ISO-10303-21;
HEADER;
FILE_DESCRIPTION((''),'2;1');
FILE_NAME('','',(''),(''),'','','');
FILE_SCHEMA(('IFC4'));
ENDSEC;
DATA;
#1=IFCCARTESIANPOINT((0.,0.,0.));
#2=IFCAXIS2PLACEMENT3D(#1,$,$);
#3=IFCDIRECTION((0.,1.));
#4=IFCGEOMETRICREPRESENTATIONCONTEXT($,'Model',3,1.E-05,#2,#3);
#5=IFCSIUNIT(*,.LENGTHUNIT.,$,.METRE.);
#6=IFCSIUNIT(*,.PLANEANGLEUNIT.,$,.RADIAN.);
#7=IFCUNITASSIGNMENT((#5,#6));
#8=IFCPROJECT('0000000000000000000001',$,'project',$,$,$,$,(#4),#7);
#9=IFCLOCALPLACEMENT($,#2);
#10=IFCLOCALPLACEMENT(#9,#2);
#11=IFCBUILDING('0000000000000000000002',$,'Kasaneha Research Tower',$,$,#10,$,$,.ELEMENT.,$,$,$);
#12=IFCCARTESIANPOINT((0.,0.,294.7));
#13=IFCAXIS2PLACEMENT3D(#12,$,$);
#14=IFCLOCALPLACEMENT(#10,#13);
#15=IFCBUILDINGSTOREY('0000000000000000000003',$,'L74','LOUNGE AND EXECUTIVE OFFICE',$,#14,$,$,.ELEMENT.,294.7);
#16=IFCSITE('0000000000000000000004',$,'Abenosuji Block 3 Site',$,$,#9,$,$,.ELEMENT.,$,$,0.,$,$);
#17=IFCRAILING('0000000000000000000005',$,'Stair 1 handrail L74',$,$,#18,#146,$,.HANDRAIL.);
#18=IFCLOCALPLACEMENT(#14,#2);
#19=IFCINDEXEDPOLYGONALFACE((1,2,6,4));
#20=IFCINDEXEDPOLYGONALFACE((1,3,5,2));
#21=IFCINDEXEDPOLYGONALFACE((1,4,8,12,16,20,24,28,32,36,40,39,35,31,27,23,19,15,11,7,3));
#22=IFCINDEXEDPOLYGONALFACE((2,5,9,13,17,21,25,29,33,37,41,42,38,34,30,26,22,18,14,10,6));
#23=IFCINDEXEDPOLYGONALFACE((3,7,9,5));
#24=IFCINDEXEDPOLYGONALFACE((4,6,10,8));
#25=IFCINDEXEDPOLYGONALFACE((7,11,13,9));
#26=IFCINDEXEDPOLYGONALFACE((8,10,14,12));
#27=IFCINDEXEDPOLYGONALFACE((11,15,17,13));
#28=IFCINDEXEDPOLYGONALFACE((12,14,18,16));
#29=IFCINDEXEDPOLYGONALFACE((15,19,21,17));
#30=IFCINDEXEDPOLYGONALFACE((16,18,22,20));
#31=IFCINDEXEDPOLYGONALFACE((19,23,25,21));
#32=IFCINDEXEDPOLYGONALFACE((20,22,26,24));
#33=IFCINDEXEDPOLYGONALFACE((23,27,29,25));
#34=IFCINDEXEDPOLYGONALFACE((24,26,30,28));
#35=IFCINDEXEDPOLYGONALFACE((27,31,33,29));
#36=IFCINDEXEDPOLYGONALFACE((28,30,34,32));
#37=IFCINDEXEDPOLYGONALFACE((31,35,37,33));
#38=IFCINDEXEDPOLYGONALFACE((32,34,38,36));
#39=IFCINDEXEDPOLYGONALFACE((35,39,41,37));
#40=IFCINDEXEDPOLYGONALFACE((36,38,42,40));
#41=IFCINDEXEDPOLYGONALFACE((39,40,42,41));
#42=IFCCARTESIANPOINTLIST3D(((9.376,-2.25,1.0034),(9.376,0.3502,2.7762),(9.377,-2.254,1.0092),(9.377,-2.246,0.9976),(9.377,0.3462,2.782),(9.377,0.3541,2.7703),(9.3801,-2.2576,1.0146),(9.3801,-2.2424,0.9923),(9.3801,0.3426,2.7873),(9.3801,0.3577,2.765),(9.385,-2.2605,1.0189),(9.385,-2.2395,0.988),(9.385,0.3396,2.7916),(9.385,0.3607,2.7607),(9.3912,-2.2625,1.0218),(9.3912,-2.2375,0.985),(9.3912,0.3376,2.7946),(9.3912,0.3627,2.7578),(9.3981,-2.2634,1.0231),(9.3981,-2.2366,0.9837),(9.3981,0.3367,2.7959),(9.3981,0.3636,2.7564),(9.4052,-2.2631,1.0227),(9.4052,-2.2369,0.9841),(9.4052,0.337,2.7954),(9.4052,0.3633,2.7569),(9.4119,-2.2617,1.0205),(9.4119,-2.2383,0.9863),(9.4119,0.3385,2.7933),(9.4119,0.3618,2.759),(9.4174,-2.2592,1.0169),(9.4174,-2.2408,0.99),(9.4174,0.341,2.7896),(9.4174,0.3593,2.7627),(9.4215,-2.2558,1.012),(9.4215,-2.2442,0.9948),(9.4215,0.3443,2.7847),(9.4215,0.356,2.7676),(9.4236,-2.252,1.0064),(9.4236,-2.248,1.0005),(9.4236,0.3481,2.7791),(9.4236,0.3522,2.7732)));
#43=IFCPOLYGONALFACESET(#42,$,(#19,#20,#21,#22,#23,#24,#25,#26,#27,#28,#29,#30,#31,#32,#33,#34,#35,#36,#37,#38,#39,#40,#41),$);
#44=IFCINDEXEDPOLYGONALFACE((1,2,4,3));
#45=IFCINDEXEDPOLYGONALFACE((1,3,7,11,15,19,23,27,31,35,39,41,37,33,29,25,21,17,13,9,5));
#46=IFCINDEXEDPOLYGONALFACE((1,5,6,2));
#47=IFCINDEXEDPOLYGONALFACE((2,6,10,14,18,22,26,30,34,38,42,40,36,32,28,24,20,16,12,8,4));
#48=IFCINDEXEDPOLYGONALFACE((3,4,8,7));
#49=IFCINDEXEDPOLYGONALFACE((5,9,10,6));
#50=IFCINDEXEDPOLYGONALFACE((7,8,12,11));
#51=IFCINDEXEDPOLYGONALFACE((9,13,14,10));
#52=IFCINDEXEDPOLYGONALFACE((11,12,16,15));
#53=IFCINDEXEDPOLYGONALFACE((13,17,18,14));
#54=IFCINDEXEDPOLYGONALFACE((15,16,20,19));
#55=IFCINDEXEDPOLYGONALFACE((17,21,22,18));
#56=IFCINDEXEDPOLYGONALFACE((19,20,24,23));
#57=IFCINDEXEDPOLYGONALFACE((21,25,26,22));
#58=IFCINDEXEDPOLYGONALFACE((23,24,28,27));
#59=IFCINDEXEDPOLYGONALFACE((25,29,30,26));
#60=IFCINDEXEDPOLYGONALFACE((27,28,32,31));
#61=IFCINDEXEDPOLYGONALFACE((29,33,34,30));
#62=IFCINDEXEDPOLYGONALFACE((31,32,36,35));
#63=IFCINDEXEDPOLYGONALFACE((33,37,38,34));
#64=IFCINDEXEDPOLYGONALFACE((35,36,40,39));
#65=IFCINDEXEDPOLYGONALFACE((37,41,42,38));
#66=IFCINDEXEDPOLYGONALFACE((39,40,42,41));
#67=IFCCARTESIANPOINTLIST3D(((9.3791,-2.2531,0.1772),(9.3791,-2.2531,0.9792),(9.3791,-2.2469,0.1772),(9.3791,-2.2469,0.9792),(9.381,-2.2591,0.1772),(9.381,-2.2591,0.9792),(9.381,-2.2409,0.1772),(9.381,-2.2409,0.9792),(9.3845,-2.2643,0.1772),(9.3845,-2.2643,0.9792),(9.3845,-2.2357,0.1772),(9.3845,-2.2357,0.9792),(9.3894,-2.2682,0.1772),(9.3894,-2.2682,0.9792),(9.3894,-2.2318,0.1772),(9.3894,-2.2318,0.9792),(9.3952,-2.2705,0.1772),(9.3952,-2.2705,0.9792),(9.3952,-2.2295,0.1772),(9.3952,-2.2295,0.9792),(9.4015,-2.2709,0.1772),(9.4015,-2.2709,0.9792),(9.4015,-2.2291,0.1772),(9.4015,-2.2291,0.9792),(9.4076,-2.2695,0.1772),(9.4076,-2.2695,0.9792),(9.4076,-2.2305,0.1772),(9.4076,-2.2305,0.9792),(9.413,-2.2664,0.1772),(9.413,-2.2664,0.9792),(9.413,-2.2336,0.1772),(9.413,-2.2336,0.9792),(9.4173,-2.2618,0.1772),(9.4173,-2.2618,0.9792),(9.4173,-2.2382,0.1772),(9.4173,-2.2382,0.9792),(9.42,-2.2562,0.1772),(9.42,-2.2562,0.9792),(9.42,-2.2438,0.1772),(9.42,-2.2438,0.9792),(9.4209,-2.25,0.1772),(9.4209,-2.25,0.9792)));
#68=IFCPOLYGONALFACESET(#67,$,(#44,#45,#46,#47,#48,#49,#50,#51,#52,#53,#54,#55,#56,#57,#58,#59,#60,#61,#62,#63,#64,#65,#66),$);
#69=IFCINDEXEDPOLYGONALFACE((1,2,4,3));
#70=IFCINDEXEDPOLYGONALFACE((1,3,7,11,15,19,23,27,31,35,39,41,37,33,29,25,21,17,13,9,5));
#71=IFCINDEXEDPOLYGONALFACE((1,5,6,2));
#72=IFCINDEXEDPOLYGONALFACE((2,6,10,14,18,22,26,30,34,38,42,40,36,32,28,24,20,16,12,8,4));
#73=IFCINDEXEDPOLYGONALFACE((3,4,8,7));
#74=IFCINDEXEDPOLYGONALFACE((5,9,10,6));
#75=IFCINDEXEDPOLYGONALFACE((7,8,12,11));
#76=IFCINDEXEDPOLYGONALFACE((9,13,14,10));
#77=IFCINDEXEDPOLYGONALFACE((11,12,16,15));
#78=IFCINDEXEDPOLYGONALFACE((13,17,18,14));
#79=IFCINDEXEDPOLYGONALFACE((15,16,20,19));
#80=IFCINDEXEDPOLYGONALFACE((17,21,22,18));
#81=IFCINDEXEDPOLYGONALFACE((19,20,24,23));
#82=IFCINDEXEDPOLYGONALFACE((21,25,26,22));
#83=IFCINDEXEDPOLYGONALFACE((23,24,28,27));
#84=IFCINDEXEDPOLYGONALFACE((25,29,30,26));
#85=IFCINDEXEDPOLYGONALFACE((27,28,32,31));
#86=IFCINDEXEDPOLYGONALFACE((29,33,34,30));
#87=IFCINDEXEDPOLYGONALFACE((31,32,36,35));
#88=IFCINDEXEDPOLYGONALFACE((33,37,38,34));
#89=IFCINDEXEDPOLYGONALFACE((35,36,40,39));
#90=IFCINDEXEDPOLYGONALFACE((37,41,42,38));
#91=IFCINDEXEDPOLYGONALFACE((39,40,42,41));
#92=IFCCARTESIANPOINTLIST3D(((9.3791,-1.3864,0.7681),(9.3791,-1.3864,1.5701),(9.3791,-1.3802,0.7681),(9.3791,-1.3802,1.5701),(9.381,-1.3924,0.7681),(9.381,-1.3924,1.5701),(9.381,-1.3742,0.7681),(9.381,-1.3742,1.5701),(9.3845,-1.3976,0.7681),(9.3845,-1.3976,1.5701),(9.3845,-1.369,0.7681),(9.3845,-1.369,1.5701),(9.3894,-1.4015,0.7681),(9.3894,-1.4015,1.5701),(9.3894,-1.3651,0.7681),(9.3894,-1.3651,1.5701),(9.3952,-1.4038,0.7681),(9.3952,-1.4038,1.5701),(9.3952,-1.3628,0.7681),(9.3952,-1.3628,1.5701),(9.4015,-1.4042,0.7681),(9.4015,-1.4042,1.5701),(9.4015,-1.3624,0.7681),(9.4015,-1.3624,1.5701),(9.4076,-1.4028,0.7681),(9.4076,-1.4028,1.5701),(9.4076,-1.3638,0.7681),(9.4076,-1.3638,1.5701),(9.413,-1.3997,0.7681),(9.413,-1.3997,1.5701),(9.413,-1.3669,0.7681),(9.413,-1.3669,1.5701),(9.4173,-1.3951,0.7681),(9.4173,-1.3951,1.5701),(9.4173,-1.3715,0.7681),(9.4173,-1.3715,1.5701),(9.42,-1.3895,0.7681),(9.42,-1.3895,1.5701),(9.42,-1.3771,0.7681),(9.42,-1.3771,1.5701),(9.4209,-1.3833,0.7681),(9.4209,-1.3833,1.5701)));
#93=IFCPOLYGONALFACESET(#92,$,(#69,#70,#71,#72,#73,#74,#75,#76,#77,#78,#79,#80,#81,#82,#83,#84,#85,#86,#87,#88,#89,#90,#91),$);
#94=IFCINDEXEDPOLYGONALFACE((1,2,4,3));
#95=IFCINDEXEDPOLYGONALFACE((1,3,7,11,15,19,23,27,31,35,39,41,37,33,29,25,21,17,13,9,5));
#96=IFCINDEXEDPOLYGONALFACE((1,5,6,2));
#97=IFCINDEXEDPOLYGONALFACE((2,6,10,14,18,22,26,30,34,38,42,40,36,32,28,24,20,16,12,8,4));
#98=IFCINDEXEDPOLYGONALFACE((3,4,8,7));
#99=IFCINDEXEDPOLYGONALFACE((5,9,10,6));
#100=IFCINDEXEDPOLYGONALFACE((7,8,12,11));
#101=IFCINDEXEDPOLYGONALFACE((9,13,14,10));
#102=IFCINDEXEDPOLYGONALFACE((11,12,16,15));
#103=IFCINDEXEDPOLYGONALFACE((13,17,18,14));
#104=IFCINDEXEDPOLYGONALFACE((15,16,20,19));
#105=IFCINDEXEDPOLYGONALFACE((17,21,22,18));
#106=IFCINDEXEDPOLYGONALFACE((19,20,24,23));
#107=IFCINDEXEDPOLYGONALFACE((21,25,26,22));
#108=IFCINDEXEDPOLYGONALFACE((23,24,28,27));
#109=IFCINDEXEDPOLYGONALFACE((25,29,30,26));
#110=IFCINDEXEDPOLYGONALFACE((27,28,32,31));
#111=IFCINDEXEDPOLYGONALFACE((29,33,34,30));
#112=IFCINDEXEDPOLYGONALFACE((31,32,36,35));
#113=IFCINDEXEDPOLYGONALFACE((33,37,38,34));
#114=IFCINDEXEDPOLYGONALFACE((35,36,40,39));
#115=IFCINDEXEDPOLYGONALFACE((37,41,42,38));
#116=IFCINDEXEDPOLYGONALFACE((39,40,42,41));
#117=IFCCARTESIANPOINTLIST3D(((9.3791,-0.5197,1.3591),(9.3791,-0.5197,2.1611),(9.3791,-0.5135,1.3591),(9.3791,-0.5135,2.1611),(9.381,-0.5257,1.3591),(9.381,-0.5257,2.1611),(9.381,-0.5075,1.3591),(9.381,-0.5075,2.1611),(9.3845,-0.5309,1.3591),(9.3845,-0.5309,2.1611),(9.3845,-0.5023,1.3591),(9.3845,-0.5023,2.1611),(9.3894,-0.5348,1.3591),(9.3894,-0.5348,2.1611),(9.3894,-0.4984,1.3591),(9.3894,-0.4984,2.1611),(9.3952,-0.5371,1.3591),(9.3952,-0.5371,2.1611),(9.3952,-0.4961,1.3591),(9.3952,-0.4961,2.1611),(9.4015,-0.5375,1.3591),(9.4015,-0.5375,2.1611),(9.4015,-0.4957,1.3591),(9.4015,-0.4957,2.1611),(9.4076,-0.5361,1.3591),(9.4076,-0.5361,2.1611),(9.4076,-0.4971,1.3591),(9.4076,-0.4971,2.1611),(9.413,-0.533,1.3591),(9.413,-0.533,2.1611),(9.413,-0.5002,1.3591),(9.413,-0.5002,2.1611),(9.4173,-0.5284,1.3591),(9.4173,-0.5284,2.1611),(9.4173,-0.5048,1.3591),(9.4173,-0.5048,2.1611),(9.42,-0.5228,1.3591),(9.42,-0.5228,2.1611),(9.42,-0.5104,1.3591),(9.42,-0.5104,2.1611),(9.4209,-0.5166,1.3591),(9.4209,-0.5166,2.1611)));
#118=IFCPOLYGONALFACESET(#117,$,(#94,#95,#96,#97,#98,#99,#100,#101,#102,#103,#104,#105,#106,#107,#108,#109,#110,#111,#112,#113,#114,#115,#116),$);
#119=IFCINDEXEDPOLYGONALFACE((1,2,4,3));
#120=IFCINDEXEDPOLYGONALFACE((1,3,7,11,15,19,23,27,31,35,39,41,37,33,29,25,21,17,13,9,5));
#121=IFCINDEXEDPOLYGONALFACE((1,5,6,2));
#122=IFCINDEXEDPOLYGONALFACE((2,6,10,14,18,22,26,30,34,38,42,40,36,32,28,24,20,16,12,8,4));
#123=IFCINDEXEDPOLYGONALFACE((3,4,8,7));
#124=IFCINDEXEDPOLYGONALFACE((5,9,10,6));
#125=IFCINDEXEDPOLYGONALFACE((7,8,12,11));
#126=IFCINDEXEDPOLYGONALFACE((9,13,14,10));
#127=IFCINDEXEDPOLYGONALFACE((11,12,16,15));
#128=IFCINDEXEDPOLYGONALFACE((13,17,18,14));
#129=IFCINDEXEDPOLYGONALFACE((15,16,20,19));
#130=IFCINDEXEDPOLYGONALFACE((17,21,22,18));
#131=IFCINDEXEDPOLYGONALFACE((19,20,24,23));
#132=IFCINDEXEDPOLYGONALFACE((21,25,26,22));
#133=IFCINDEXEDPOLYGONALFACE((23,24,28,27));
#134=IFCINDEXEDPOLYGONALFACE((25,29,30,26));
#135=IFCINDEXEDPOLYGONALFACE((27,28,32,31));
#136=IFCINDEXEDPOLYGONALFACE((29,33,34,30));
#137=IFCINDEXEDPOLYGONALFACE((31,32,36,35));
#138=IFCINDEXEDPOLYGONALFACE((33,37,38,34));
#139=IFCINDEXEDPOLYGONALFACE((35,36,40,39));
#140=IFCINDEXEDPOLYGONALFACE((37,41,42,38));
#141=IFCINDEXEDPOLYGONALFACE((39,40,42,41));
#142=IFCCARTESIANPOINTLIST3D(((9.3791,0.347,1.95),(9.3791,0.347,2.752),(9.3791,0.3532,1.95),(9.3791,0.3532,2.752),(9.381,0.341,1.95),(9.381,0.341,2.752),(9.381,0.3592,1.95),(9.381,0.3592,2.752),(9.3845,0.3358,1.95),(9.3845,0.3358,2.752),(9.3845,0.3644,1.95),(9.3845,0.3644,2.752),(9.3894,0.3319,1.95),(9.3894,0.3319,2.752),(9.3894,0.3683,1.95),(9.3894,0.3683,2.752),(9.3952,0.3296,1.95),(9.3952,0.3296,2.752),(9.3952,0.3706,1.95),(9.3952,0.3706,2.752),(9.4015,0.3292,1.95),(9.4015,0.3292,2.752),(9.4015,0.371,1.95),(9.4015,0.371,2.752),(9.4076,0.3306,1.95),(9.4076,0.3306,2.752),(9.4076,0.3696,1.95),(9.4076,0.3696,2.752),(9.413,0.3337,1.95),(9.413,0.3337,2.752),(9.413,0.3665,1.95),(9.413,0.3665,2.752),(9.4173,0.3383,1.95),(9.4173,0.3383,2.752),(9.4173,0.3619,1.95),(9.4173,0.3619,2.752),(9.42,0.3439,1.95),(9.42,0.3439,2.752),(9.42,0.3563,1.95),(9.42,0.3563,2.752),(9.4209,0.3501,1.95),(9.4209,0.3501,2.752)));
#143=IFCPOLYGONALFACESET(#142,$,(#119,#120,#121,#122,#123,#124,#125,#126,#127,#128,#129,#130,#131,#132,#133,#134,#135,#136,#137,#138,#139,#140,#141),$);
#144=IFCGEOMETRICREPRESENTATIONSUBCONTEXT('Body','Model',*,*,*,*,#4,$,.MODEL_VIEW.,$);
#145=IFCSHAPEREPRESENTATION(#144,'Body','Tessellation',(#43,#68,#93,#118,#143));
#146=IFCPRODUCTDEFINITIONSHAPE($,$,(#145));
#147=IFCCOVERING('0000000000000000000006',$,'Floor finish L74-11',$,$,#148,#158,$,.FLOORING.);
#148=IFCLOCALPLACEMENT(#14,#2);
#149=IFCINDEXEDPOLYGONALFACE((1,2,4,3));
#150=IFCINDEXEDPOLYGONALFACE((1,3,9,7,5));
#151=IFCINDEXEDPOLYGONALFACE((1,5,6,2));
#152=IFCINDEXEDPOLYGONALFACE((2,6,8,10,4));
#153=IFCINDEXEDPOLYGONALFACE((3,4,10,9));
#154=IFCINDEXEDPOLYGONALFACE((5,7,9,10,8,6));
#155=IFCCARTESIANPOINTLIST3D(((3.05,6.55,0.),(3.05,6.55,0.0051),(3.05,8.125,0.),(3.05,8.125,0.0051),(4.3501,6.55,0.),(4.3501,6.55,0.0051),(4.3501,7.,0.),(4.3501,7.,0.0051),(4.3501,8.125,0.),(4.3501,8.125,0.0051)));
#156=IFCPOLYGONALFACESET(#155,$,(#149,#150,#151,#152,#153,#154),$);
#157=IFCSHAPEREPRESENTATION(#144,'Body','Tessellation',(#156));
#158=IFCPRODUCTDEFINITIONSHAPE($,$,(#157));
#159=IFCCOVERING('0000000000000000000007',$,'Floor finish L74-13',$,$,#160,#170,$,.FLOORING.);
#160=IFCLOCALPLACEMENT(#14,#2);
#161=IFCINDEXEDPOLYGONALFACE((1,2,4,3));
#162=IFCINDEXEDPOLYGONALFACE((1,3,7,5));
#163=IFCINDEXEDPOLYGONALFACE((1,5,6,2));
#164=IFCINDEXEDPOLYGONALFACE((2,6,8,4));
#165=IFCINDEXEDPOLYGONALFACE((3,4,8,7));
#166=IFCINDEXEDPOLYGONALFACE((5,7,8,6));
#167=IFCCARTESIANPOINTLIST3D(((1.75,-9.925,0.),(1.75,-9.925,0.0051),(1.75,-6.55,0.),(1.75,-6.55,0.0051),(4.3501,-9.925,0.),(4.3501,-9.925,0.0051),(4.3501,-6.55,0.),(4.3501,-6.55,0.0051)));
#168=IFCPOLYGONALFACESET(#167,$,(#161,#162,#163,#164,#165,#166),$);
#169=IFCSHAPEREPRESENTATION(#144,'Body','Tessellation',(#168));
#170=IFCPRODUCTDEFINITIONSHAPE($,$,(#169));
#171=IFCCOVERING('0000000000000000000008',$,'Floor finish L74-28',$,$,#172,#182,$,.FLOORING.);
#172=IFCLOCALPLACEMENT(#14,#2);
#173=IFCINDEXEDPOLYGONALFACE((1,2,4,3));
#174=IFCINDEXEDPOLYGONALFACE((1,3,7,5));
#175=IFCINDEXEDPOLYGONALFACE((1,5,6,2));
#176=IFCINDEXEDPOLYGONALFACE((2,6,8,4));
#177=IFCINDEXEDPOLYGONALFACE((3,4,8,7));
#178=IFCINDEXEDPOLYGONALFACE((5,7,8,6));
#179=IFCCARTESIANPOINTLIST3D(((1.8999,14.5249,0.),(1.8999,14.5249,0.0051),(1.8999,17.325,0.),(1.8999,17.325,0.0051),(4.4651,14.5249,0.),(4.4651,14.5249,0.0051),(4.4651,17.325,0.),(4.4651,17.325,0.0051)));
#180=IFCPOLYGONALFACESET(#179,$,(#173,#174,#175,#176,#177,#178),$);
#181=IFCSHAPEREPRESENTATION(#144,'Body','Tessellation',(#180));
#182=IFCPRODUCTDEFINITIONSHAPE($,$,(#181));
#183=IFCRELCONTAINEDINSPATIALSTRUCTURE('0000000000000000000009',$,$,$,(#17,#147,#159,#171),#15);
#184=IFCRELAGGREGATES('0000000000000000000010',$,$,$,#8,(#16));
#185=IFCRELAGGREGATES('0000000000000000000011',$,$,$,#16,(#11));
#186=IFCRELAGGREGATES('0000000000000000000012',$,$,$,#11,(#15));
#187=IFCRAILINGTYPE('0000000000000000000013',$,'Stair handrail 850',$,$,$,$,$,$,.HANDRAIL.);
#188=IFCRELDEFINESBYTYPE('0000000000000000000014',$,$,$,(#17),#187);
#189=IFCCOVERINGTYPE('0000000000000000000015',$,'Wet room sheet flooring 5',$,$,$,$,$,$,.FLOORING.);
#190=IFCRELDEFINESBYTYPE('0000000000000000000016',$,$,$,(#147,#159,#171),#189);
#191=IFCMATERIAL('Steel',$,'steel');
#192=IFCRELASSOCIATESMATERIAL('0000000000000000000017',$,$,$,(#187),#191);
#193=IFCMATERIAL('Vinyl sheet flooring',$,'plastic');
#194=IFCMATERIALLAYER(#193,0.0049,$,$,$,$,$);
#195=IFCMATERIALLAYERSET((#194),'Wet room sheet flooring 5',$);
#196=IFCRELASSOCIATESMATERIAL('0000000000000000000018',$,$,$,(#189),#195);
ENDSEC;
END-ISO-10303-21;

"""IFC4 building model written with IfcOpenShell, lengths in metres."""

from ifc_helpers import new_model, si_unit, direction, frame, origin, origin_2d, place, context, subcontext, project, spatial, polyline, circle, outline, extrude, material, layer, layer_set, type_object, element, save


model = new_model("IFC4")

# Units and contexts
model_context = context("Model", 3, precision=1e-05, world=origin(), true_north=direction((0.0, 1.0)))
body_context = subcontext(model_context, "Body", "Model", "MODEL_VIEW")
ifc_project = project(units=[si_unit("LENGTHUNIT", "METRE"), si_unit("PLANEANGLEUNIT", "RADIAN")], contexts=[model_context])

# Site, building, storey
site_placement = place(None, origin())
site = spatial("IfcSite", under=ifc_project, at=site_placement, Name="Abenosuji Block 3 Site", CompositionType="ELEMENT", RefElevation=0.0)
building_placement = place(site_placement, origin())
building = spatial("IfcBuilding", under=site, at=building_placement, Name="Kasaneha Research Tower", CompositionType="ELEMENT")
storey_placement = place(building_placement, frame((0.0, 0.0, 294.7)))
storey = spatial("IfcBuildingStorey", under=building, at=storey_placement, Name="L74", Description="LOUNGE AND EXECUTIVE OFFICE", CompositionType="ELEMENT", Elevation=294.7)

# Railing
ifc_material_1 = material(Name="Steel", Category="steel")
railing_type = type_object("IfcRailingType", Name="Stair handrail 850", PredefinedType="HANDRAIL", material=ifc_material_1)
railing_placement = place(storey_placement, frame((9.3999, -2.25, 0.1772)))
element("IfcRailing", 1, at=railing_placement, inside=storey, type_object=railing_type, Name="Stair 1 handrail L74", PredefinedType="HANDRAIL", context=body_context, shape_type="SweptSolid", body=[
    extrude(circle(Radius=0.0239, at=origin_2d()), frame((0.0, 0.0, 0.8262), z_axis=(0.0, 0.82624, 0.563318), x_axis=(-1.0, 0.0, 0.0)), (0.0, 0.0, 1.0), 3.147),
    extrude(circle(Radius=0.021, at=origin_2d()), origin(), (0.0, 0.0, 1.0), 0.802),
    extrude(circle(Radius=0.021, at=origin_2d()), frame((0.0, 0.8667, 0.5908)), (0.0, 0.0, 1.0), 0.802),
    extrude(circle(Radius=0.021, at=origin_2d()), frame((0.0, 1.7334, 1.1819)), (0.0, 0.0, 1.0), 0.802),
    extrude(circle(Radius=0.021, at=origin_2d()), frame((0.0, 2.6001, 1.7727)), (0.0, 0.0, 1.0), 0.802),
])

# Coverings
ifc_material_2 = material(Name="Vinyl sheet flooring", Category="plastic")
ifc_layer_1 = layer(ifc_material_2, 0.0049)
ifc_layer_set_1 = layer_set([ifc_layer_1], Name="Wet room sheet flooring 5")
covering_type = type_object("IfcCoveringType", Name="Wet room sheet flooring 5", PredefinedType="FLOORING", material=ifc_layer_set_1)
covering_1_placement = place(storey_placement, origin())
element("IfcCovering", 2, at=covering_1_placement, inside=storey, type_object=covering_type, Name="Floor finish L74-11", PredefinedType="FLOORING", context=body_context, shape_type="SweptSolid", body=[
    extrude(outline(polyline([(3.05, 6.55), (3.05, 8.125), (4.3501, 8.125), (4.3501, 7.0), (4.3501, 6.55), (3.05, 6.55)])), origin(), (0.0, 0.0, 1.0), 0.0051),
])
covering_2_placement = place(storey_placement, origin())
element("IfcCovering", 3, at=covering_2_placement, inside=storey, type_object=covering_type, Name="Floor finish L74-13", PredefinedType="FLOORING", context=body_context, shape_type="SweptSolid", body=[
    extrude(outline(polyline([(1.75, -9.925), (1.75, -6.55), (4.3501, -6.55), (4.3501, -9.925), (1.75, -9.925)])), origin(), (0.0, 0.0, 1.0), 0.0051),
])
covering_3_placement = place(storey_placement, origin())
element("IfcCovering", 4, at=covering_3_placement, inside=storey, type_object=covering_type, Name="Floor finish L74-28", PredefinedType="FLOORING", context=body_context, shape_type="SweptSolid", body=[
    extrude(outline(polyline([(1.8999, 17.325), (4.4651, 17.325), (4.4651, 14.5249), (1.8999, 14.5249), (1.8999, 17.325)])), origin(), (0.0, 0.0, 1.0), 0.0051),
])

save(model, "model.ifc")
